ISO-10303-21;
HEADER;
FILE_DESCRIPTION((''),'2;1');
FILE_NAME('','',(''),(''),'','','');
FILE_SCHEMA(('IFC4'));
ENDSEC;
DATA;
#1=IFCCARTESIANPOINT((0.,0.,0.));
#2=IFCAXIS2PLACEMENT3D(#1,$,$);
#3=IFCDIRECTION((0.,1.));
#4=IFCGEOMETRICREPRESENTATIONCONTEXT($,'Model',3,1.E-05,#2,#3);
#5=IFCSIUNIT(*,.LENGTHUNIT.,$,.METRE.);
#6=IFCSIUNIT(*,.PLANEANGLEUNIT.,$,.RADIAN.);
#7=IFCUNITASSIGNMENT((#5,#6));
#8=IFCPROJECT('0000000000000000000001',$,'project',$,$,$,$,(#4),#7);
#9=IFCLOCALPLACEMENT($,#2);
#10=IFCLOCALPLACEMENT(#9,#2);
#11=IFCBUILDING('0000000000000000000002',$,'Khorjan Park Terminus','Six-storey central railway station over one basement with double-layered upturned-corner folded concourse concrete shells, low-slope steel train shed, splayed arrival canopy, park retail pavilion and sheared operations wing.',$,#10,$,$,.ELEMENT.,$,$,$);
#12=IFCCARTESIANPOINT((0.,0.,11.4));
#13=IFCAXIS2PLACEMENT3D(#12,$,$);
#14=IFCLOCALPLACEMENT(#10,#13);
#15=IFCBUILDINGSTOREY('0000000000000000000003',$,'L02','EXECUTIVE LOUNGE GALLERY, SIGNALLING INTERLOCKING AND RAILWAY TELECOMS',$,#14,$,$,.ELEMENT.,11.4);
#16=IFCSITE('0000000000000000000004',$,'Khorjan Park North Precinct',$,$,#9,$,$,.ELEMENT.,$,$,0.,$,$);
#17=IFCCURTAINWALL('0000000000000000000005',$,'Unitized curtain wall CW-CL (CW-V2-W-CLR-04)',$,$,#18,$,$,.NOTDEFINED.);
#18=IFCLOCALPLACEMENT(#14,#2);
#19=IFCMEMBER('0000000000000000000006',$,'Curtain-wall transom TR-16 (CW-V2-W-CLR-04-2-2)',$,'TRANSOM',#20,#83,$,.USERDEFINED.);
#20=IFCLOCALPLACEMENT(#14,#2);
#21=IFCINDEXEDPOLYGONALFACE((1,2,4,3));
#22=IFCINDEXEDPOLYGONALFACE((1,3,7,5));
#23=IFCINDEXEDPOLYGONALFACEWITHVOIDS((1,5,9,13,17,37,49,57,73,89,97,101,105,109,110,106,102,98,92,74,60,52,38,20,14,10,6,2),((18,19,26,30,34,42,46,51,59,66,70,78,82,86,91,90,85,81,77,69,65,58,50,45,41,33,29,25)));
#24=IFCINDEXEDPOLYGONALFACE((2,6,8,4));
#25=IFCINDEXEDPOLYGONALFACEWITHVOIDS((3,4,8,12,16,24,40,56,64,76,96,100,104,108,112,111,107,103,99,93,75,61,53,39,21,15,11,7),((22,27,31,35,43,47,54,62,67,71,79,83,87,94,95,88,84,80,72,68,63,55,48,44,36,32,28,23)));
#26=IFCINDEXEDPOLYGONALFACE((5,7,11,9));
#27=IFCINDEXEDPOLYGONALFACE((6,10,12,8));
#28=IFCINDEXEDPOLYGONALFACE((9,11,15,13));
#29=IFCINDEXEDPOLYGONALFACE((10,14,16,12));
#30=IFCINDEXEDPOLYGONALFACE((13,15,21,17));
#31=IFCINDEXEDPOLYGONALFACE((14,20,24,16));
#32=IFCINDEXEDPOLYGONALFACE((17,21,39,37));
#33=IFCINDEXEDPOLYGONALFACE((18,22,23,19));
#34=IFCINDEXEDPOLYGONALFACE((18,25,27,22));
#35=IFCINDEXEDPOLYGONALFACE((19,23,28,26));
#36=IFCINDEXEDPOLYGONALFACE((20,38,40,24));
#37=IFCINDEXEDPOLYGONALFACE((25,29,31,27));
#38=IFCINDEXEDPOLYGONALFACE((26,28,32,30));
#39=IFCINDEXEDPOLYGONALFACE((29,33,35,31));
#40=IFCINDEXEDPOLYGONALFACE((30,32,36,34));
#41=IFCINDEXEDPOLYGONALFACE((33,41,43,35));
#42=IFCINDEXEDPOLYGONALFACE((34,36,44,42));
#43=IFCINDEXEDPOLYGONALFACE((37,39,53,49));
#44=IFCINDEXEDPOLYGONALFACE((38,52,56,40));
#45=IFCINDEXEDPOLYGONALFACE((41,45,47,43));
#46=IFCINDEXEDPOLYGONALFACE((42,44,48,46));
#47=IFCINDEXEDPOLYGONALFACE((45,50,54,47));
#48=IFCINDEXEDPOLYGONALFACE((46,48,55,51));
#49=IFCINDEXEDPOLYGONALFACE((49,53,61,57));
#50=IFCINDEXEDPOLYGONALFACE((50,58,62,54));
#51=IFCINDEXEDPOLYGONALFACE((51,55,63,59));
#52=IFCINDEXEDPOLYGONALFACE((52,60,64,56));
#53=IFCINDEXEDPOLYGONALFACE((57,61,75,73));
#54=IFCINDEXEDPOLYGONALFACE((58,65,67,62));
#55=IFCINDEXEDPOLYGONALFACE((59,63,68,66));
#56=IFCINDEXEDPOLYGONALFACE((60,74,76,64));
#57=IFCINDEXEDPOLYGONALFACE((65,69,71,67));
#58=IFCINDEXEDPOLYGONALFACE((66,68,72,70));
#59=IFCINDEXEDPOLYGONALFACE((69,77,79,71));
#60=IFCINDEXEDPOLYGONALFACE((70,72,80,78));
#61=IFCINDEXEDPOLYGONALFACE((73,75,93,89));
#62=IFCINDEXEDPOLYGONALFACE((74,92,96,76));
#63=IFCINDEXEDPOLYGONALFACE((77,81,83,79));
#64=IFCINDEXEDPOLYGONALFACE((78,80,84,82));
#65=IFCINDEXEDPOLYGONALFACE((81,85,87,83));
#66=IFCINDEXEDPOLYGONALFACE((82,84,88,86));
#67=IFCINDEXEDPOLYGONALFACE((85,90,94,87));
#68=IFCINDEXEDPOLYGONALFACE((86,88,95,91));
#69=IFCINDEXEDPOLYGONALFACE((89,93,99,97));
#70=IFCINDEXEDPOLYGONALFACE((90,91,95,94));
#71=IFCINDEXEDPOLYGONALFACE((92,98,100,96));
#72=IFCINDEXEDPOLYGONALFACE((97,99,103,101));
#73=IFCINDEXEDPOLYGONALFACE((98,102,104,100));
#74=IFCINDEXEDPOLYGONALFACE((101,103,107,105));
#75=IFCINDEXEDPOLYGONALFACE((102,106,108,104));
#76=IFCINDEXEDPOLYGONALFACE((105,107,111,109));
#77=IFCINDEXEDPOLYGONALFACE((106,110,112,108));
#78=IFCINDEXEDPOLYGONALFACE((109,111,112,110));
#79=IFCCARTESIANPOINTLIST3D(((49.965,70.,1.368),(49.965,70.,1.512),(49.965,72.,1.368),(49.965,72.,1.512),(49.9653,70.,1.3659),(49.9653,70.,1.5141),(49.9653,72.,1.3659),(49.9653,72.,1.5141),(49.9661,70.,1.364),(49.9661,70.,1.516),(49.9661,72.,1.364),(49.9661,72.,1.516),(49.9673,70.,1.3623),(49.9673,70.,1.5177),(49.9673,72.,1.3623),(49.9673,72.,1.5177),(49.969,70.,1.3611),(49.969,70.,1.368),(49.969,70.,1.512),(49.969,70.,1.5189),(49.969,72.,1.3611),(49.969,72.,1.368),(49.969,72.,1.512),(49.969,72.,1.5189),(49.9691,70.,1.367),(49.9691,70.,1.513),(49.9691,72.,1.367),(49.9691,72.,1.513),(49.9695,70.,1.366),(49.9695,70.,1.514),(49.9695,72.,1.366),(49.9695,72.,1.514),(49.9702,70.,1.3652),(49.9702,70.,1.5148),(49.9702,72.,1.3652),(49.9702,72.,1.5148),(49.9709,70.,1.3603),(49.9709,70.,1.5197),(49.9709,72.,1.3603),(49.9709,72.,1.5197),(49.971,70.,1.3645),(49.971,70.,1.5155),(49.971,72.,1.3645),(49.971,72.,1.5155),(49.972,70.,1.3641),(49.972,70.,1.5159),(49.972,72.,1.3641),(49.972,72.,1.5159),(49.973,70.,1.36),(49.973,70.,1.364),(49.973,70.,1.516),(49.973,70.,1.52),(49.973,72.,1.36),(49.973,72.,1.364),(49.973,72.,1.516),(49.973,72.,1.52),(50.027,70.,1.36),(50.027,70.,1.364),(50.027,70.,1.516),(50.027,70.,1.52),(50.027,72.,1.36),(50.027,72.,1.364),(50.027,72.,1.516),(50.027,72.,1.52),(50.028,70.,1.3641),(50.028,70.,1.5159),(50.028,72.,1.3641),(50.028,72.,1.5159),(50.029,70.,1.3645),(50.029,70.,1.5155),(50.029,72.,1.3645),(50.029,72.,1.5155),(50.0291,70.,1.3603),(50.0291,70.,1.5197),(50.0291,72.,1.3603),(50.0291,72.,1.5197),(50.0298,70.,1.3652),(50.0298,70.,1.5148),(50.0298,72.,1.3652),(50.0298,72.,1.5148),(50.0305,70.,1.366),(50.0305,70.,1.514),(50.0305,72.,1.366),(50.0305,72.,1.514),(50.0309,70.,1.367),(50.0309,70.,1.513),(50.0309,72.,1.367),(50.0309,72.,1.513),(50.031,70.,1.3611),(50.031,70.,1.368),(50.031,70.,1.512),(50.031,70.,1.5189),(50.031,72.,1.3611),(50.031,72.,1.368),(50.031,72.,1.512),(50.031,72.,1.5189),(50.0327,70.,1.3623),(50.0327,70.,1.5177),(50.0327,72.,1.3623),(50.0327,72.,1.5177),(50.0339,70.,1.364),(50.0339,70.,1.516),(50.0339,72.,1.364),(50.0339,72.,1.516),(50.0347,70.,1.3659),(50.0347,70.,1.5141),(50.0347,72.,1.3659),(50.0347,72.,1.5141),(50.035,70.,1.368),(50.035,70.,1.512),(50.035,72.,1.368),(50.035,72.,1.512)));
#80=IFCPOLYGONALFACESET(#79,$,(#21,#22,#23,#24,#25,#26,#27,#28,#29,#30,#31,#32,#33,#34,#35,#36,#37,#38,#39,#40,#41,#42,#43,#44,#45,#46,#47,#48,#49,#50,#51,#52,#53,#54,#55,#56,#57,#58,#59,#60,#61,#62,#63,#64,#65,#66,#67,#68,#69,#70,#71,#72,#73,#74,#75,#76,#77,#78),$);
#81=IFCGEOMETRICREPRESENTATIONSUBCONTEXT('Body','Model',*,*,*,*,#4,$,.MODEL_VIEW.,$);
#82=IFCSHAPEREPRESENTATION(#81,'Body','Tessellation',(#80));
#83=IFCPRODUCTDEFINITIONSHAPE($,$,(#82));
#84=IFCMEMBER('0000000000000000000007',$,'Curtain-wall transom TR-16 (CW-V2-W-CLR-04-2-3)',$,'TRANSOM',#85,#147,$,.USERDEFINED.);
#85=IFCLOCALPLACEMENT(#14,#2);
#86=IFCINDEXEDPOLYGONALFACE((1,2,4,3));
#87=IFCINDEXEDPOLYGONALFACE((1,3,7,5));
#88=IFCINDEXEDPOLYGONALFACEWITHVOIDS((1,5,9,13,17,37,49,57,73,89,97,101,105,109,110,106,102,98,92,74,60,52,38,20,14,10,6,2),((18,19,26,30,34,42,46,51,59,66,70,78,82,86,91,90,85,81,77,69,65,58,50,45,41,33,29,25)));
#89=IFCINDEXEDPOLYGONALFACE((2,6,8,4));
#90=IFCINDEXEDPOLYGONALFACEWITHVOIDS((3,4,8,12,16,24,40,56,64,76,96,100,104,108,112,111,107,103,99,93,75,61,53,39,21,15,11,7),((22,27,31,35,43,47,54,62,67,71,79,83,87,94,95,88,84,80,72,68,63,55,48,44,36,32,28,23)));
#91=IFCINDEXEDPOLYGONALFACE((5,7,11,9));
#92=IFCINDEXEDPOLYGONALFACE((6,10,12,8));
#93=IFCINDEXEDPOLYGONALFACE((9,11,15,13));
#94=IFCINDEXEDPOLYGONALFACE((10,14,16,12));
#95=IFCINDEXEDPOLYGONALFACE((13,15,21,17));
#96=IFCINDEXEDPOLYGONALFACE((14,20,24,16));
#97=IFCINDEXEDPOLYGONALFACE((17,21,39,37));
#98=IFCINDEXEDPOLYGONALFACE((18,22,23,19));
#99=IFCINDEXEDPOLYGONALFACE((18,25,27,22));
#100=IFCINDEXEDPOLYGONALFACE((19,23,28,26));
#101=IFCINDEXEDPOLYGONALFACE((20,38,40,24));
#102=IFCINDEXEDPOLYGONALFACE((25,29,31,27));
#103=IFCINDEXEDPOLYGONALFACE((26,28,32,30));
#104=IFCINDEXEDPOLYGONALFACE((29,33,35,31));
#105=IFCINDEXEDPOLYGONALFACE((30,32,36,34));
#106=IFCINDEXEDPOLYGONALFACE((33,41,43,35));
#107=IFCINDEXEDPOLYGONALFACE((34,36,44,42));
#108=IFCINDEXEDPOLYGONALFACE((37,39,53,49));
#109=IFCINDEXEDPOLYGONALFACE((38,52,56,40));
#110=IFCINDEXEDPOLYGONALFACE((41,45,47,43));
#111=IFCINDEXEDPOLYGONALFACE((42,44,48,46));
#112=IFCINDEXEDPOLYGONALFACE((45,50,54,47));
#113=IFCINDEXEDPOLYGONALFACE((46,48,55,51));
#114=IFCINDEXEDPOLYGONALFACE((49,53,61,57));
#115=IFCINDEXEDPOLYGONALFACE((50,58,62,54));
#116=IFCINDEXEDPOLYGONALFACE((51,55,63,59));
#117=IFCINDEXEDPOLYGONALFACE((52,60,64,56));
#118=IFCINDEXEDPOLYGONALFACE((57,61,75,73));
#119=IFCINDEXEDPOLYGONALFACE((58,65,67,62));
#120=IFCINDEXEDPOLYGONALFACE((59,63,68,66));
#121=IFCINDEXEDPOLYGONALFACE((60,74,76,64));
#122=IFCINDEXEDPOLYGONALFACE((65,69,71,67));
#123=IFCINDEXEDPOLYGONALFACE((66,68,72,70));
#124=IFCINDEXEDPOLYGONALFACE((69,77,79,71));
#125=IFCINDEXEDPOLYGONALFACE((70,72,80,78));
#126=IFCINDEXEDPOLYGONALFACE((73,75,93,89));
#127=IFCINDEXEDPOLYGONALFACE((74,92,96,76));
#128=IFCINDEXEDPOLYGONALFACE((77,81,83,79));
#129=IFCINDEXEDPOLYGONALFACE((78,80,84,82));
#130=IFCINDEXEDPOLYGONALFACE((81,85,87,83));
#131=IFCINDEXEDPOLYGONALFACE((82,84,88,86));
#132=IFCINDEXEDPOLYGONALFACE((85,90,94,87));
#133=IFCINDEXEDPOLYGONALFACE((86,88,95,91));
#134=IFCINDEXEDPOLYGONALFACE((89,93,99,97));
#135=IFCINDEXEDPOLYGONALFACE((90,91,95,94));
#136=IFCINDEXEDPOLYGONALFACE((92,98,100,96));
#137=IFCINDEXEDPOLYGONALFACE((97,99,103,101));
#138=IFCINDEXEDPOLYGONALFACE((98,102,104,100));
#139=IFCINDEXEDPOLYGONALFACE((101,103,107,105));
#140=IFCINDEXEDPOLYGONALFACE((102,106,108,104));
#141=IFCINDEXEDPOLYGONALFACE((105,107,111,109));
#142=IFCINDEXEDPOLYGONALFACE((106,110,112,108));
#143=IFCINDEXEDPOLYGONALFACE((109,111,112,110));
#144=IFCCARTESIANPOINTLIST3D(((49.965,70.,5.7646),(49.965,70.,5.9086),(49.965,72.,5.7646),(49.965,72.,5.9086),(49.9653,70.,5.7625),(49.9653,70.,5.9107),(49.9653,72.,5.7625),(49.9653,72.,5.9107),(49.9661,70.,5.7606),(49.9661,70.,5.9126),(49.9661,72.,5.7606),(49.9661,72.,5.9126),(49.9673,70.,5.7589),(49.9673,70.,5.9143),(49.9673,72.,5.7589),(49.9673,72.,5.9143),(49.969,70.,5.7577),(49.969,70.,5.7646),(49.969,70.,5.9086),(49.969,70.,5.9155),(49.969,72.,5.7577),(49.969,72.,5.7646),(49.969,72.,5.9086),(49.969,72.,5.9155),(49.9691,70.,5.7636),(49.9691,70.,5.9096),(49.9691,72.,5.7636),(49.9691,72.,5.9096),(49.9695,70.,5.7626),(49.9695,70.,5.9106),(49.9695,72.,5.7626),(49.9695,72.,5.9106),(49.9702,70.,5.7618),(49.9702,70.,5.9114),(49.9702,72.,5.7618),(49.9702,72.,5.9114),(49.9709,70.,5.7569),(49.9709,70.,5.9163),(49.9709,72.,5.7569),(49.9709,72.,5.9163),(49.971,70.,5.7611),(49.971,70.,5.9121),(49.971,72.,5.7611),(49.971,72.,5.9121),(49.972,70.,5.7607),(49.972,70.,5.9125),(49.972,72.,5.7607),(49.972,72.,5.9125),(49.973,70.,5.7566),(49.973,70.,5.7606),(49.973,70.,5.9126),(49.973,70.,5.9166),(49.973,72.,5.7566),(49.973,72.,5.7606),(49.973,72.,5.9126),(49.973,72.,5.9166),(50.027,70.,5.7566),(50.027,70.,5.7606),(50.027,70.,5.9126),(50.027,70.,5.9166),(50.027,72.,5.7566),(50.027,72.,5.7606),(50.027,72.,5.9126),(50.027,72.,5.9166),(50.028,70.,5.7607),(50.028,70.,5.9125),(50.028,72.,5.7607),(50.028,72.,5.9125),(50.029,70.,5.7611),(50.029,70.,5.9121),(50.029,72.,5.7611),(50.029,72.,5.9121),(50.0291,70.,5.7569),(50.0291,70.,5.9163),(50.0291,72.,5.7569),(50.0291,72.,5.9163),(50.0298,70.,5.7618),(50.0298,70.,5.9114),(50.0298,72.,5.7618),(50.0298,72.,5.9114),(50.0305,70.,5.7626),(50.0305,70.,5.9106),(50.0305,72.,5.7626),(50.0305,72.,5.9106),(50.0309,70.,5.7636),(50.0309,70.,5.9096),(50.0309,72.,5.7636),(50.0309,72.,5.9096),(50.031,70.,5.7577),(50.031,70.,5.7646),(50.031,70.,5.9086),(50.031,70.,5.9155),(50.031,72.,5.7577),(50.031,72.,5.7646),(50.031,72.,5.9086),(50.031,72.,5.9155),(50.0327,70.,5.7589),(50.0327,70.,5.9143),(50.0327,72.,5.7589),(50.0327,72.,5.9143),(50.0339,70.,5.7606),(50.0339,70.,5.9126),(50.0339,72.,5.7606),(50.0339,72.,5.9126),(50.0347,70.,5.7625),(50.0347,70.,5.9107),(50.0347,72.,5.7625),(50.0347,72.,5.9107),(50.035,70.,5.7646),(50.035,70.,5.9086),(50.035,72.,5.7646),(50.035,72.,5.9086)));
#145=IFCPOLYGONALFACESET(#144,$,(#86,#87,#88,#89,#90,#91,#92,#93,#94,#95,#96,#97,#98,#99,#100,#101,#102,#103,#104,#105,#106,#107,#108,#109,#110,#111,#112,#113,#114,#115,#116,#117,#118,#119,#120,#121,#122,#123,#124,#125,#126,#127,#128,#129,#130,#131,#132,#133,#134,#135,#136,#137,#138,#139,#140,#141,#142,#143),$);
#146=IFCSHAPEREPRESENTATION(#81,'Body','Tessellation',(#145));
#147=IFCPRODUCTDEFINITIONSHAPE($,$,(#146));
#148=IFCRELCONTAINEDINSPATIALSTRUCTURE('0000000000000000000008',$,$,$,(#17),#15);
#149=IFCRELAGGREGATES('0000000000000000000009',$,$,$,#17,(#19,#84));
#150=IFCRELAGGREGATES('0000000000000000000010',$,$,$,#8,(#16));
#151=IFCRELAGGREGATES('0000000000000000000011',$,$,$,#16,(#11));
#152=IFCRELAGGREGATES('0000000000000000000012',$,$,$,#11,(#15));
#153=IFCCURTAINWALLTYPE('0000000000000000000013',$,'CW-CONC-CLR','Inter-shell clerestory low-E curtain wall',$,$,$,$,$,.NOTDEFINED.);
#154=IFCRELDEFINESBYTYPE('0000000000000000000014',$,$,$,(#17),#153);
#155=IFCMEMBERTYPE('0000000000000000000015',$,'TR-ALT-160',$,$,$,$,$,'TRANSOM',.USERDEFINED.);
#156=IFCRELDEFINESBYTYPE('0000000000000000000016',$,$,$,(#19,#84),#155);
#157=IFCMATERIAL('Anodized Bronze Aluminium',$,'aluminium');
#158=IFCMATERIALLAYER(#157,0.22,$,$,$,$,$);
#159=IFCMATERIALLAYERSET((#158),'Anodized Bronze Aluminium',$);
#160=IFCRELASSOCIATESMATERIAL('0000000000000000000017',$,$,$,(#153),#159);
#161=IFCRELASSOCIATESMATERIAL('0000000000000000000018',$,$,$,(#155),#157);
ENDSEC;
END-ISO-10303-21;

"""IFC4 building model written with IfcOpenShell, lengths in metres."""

from ifc_helpers import new_model, si_unit, direction, frame, origin, origin_2d, place, context, subcontext, project, spatial, hollow_rectangle, extrude, material, layer, layer_set, material_profile, profile_set, type_object, element, aggregate, save


model = new_model("IFC4")

# Units and contexts
model_context = context("Model", 3, precision=1e-05, world=origin(), true_north=direction((0.0, 1.0)))
body_context = subcontext(model_context, "Body", "Model", "MODEL_VIEW")
ifc_project = project(units=[si_unit("LENGTHUNIT", "METRE"), si_unit("PLANEANGLEUNIT", "RADIAN")], contexts=[model_context])

# Site, building, storey
site_placement = place(None, origin())
site = spatial("IfcSite", under=ifc_project, at=site_placement, Name="Khorjan Park North Precinct", CompositionType="ELEMENT", RefElevation=0.0)
building_placement = place(site_placement, origin())
building = spatial("IfcBuilding", under=site, at=building_placement, Name="Khorjan Park Terminus", Description="Six-storey central railway station over one basement with double-layered upturned-corner folded concourse concrete shells, low-slope steel train shed, splayed arrival canopy, park retail pavilion and sheared operations wing.", CompositionType="ELEMENT")
storey_placement = place(building_placement, frame((0.0, 0.0, 11.4)))
storey = spatial("IfcBuildingStorey", under=building, at=storey_placement, Name="L02", Description="EXECUTIVE LOUNGE GALLERY, SIGNALLING INTERLOCKING AND RAILWAY TELECOMS", CompositionType="ELEMENT", Elevation=11.4)

# Curtain wall, members
ifc_material_1 = material(Name="Anodized Bronze Aluminium", Category="aluminium")
ifc_layer_1 = layer(ifc_material_1, 0.22)
ifc_layer_set_1 = layer_set([ifc_layer_1], Name="Anodized Bronze Aluminium")
curtain_wall_type = type_object("IfcCurtainWallType", Name="CW-CONC-CLR", Description="Inter-shell clerestory low-E curtain wall", PredefinedType="NOTDEFINED", material=ifc_layer_set_1)
curtain_wall_1_placement = place(storey_placement, origin())
curtain_wall_1 = element("IfcCurtainWall", 1, at=curtain_wall_1_placement, inside=storey, type_object=curtain_wall_type, Name="Unitized curtain wall CW-CL (CW-V2-W-CLR-04)", PredefinedType="NOTDEFINED")
ifc_material_profile_1 = material_profile(ifc_material_1, hollow_rectangle(XDim=0.07, YDim=0.16, WallThickness=0.004, InnerFilletRadius=0.004, OuterFilletRadius=0.008, at=origin_2d()), Name="ALT 70x160x4")
ifc_profile_set_1 = profile_set([ifc_material_profile_1], Name="Anodized Bronze Aluminium")
member_type_1 = type_object("IfcMemberType", Name="TR-ALT-160", ElementType="TRANSOM", PredefinedType="USERDEFINED", material=ifc_profile_set_1)
member_1_placement = place(storey_placement, frame((50.0, 72.0, 1.44), z_axis=(0.0, -1.0, 0.0), x_axis=(1.0, 0.0, 0.0)))
member_1 = element("IfcMember", 2, at=member_1_placement, type_object=member_type_1, Name="Curtain-wall transom TR-16 (CW-V2-W-CLR-04-2-2)", ObjectType="TRANSOM", PredefinedType="USERDEFINED", context=body_context, shape_type="SweptSolid", body=[
    extrude(hollow_rectangle(XDim=0.07, YDim=0.16, WallThickness=0.004, InnerFilletRadius=0.004, OuterFilletRadius=0.008, at=origin_2d()), origin(), (0.0, 0.0, 1.0), 2.0),
])
member_2_placement = place(storey_placement, frame((50.0, 72.0, 5.8366), z_axis=(0.0, -1.0, 0.0), x_axis=(1.0, 0.0, 0.0)))
member_2 = element("IfcMember", 3, at=member_2_placement, type_object=member_type_1, Name="Curtain-wall transom TR-16 (CW-V2-W-CLR-04-2-3)", ObjectType="TRANSOM", PredefinedType="USERDEFINED", context=body_context, shape_type="SweptSolid", body=[
    extrude(hollow_rectangle(XDim=0.07, YDim=0.16, WallThickness=0.004, InnerFilletRadius=0.004, OuterFilletRadius=0.008, at=origin_2d()), origin(), (0.0, 0.0, 1.0), 2.0),
])

aggregate(curtain_wall_1, [member_1, member_2])

save(model, "model.ifc")
